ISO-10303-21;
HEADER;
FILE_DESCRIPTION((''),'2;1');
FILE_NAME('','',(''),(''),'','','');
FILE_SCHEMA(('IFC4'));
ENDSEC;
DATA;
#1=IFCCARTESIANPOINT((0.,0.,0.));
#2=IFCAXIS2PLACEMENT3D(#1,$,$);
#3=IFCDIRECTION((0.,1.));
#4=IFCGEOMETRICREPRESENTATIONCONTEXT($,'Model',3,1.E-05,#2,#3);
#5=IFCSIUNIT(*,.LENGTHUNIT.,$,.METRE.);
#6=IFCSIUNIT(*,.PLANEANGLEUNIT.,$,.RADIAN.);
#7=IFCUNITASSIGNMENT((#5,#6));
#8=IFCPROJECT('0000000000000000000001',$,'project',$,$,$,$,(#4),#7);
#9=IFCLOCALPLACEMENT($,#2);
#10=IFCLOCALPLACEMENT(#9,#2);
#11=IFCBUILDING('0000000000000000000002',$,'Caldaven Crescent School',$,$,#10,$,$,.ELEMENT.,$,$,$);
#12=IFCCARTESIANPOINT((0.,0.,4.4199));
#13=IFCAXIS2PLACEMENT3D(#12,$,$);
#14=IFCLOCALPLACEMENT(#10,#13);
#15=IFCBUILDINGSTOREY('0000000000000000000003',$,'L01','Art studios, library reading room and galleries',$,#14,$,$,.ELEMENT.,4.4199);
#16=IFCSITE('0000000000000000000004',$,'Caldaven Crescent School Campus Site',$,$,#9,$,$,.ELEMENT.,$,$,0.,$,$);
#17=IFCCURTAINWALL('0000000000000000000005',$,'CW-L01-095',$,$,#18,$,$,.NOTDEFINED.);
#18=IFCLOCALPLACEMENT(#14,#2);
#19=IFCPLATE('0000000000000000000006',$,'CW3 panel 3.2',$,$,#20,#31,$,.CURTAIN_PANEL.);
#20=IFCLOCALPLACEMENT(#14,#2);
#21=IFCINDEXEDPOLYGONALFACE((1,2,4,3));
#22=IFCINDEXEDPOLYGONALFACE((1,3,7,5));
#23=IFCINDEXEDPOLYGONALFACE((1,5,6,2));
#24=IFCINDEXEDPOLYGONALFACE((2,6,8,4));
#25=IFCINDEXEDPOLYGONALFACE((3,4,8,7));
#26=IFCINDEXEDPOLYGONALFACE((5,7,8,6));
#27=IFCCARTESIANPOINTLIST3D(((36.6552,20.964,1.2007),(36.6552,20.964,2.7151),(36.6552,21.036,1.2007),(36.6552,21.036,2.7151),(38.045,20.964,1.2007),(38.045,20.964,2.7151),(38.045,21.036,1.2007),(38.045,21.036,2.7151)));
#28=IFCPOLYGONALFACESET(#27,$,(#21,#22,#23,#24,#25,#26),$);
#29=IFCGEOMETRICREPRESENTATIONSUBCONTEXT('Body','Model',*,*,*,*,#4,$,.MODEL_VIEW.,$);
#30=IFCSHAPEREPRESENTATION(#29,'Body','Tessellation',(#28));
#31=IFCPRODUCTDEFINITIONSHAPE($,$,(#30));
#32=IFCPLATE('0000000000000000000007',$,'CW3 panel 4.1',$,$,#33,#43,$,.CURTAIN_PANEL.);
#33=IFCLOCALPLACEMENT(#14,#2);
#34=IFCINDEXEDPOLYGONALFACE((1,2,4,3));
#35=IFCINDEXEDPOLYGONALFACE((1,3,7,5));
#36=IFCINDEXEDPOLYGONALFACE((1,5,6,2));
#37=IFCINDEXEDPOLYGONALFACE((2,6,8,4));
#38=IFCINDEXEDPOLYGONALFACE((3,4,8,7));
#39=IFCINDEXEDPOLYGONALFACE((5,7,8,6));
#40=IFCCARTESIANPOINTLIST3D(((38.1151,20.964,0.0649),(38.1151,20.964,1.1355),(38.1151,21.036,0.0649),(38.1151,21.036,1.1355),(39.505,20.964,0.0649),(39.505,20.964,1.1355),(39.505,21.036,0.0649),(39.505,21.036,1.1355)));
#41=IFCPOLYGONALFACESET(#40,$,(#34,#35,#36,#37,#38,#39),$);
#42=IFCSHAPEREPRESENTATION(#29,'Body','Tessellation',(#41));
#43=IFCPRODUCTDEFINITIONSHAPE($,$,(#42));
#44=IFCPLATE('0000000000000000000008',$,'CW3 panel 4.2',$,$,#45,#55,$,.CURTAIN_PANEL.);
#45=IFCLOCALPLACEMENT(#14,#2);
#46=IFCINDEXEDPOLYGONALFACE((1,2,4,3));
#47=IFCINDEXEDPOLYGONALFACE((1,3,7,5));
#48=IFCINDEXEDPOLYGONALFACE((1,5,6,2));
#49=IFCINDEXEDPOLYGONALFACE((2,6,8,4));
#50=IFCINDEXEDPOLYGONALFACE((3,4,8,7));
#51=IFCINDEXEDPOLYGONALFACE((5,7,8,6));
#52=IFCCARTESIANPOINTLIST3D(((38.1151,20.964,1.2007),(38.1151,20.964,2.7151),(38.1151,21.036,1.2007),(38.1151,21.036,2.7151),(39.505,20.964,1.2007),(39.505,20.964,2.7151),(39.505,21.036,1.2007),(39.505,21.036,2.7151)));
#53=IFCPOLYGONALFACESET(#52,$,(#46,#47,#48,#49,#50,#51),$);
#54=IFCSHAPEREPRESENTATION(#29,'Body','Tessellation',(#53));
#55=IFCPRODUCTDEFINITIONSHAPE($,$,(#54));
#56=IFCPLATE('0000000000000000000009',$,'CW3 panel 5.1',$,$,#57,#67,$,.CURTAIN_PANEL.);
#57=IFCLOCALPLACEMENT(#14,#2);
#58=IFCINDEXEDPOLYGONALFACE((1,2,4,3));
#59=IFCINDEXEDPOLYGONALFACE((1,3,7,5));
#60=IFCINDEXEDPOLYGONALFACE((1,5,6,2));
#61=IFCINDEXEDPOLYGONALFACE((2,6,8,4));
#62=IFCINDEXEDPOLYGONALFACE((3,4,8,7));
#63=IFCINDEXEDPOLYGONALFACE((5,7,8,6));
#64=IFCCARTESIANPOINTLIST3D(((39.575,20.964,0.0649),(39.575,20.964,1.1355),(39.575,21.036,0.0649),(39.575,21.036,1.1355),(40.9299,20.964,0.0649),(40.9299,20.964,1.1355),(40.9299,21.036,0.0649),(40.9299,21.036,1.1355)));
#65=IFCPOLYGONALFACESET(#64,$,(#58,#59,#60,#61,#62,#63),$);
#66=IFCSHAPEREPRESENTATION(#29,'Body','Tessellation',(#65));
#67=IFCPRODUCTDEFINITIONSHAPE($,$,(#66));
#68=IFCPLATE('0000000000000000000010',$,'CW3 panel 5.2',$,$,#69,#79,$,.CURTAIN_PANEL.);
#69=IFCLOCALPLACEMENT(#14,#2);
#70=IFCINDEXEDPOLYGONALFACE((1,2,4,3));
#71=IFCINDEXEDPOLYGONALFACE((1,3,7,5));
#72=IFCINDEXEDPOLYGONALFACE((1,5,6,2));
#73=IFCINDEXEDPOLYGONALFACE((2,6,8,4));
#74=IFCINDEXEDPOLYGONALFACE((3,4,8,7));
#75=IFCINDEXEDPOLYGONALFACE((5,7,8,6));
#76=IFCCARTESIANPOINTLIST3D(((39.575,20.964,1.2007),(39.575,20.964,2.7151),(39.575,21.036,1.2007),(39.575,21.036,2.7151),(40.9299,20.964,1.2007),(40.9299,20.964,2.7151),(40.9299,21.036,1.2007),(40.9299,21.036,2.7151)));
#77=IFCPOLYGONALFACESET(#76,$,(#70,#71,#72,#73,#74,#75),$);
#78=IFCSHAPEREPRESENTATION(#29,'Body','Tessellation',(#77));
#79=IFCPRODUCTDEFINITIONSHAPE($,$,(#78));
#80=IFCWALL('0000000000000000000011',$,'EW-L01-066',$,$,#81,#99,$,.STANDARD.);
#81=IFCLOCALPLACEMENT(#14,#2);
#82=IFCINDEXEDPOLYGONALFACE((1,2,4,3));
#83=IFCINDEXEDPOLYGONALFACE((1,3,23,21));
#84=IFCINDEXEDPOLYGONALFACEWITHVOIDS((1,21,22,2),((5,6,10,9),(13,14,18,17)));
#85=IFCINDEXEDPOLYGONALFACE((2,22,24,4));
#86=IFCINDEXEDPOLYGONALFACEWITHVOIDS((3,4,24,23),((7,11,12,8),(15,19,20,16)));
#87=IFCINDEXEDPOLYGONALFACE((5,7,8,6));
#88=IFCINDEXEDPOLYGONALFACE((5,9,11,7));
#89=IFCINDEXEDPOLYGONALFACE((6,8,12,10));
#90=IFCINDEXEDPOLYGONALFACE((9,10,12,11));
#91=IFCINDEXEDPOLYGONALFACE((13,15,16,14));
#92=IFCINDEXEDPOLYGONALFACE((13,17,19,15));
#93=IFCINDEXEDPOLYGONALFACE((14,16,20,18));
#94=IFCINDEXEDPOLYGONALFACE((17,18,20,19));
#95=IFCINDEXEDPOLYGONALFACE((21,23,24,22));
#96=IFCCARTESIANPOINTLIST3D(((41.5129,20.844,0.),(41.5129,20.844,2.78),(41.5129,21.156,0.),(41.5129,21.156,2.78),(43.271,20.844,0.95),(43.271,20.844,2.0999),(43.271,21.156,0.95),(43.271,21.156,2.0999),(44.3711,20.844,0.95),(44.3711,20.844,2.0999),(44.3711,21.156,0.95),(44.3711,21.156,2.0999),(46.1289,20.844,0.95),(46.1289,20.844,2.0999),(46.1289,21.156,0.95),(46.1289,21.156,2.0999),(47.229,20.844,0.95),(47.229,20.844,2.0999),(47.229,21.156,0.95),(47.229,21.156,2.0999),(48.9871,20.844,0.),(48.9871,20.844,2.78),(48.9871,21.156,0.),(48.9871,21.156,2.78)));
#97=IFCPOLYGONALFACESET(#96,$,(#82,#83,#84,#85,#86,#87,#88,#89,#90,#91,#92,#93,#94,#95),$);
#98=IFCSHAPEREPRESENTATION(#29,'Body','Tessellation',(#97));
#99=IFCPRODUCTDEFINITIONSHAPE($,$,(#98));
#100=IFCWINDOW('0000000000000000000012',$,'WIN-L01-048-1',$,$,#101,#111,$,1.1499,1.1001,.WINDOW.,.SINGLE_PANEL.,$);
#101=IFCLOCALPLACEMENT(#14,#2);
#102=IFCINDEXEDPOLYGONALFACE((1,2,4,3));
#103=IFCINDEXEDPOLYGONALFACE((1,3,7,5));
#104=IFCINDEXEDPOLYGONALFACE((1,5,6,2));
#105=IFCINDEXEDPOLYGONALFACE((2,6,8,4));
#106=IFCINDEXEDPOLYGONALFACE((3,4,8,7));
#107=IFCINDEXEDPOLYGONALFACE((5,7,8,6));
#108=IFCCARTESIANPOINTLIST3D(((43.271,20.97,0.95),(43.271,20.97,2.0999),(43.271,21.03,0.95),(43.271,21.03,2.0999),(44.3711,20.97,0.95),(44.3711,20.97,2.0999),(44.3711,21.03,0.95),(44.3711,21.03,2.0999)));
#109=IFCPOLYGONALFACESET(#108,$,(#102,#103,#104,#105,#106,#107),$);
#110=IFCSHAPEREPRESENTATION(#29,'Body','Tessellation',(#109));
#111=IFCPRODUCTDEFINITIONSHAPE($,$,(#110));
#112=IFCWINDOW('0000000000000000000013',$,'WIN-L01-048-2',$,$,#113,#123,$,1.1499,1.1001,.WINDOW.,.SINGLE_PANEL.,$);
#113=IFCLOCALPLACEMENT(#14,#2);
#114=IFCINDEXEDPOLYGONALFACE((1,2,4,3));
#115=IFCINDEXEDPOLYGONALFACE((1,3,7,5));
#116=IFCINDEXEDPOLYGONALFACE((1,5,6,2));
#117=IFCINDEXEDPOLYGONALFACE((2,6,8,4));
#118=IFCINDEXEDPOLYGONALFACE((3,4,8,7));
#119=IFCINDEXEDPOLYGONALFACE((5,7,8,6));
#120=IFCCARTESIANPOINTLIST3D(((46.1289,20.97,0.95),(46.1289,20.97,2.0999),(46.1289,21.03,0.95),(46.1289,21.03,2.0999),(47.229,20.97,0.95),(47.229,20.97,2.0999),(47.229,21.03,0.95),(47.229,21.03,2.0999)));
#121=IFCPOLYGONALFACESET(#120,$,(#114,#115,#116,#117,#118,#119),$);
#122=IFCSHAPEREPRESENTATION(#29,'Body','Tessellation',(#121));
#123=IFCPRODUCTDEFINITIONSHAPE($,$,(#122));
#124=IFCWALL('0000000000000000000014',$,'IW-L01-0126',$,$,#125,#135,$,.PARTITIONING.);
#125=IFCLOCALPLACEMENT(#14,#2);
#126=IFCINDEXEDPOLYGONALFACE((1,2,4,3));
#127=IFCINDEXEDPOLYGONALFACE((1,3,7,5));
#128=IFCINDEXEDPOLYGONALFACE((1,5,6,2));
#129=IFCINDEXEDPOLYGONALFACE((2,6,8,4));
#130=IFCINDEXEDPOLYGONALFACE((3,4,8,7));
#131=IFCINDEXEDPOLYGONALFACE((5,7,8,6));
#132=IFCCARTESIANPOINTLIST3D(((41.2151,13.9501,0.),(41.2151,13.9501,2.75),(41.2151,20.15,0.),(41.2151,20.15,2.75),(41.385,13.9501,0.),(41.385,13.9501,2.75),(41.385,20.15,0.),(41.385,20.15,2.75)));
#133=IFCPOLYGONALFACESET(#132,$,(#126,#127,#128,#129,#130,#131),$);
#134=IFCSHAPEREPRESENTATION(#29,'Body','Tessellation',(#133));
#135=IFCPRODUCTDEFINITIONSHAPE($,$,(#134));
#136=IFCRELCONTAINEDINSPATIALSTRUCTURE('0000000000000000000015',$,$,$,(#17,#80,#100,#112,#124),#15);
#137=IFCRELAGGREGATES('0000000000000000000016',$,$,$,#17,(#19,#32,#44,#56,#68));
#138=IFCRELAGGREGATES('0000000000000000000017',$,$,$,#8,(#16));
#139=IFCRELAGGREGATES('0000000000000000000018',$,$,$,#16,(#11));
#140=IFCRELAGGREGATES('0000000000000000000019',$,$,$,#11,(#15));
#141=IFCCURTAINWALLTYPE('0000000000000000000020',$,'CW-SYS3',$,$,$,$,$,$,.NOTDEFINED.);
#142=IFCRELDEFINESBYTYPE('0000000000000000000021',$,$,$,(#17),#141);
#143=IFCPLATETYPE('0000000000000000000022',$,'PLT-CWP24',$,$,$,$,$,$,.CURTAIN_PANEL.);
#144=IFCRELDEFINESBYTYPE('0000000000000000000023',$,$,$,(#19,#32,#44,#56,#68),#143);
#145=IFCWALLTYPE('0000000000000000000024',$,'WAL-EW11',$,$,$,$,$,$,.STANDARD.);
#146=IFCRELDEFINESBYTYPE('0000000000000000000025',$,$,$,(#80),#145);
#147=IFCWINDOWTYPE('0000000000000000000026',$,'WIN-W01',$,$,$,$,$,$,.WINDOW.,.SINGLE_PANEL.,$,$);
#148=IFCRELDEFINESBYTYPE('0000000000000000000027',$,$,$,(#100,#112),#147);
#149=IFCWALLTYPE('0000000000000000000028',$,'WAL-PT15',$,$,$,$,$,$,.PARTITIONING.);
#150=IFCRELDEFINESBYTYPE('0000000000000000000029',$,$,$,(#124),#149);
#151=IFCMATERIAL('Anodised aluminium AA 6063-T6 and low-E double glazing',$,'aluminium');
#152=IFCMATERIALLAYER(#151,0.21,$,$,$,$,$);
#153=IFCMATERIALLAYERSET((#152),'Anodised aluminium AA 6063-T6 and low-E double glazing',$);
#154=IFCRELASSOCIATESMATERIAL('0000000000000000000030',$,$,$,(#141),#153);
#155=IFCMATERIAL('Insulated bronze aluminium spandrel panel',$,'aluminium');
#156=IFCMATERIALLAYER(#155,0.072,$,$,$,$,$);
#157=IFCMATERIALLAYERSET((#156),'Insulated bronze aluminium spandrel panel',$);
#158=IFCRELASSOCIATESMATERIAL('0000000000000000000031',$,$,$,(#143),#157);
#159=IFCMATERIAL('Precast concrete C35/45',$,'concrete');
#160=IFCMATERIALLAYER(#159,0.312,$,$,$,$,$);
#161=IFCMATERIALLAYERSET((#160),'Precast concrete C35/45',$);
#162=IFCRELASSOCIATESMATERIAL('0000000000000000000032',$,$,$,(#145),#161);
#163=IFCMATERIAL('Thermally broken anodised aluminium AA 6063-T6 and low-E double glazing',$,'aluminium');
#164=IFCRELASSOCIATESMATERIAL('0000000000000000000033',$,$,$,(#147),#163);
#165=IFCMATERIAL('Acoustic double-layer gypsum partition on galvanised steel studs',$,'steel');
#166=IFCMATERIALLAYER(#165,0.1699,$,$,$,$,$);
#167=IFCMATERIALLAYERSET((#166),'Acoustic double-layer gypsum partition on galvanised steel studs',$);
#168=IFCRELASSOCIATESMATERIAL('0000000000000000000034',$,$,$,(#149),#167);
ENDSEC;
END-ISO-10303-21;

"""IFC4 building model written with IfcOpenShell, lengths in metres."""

from ifc_helpers import new_model, si_unit, direction, frame, frame_2d, origin, origin_2d, place, context, subcontext, project, spatial, rectangle, extrude, material, layer, layer_set, type_object, element, fill, aggregate, save


model = new_model("IFC4")

# Units and contexts
model_context = context("Model", 3, precision=1e-05, world=origin(), true_north=direction((0.0, 1.0)))
body_context = subcontext(model_context, "Body", "Model", "MODEL_VIEW")
ifc_project = project(units=[si_unit("LENGTHUNIT", "METRE"), si_unit("PLANEANGLEUNIT", "RADIAN")], contexts=[model_context])

# Site, building, storey
site_placement = place(None, origin())
site = spatial("IfcSite", under=ifc_project, at=site_placement, Name="Caldaven Crescent School Campus Site", CompositionType="ELEMENT", RefElevation=0.0)
building_placement = place(site_placement, origin())
building = spatial("IfcBuilding", under=site, at=building_placement, Name="Caldaven Crescent School", CompositionType="ELEMENT")
storey_placement = place(building_placement, frame((0.0, 0.0, 4.4199)))
storey = spatial("IfcBuildingStorey", under=building, at=storey_placement, Name="L01", Description="Art studios, library reading room and galleries", CompositionType="ELEMENT", Elevation=4.4199)

# Curtain wall, plates
ifc_material_1 = material(Name="Anodised aluminium AA 6063-T6 and low-E double glazing", Category="aluminium")
ifc_layer_1 = layer(ifc_material_1, 0.21)
ifc_layer_set_1 = layer_set([ifc_layer_1], Name="Anodised aluminium AA 6063-T6 and low-E double glazing")
curtain_wall_type = type_object("IfcCurtainWallType", Name="CW-SYS3", PredefinedType="NOTDEFINED", material=ifc_layer_set_1)
curtain_wall_placement = place(storey_placement, origin())
curtain_wall = element("IfcCurtainWall", 1, at=curtain_wall_placement, inside=storey, type_object=curtain_wall_type, Name="CW-L01-095", PredefinedType="NOTDEFINED")
ifc_material_2 = material(Name="Insulated bronze aluminium spandrel panel", Category="aluminium")
ifc_layer_2 = layer(ifc_material_2, 0.072)
ifc_layer_set_2 = layer_set([ifc_layer_2], Name="Insulated bronze aluminium spandrel panel")
plate_type = type_object("IfcPlateType", Name="PLT-CWP24", PredefinedType="CURTAIN_PANEL", material=ifc_layer_set_2)
plate_1_placement = place(storey_placement, frame((37.3501, 21.0, 1.2007), z_axis=(0.0, 0.0, 1.0), x_axis=(1.0, 0.0, 0.0)))
plate_1 = element("IfcPlate", 2, at=plate_1_placement, type_object=plate_type, Name="CW3 panel 3.2", PredefinedType="CURTAIN_PANEL", context=body_context, shape_type="SweptSolid", body=[
    extrude(rectangle(XDim=1.3899, YDim=0.072, at=origin_2d()), origin(), (0.0, 0.0, 1.0), 1.5144),
])
plate_2_placement = place(storey_placement, frame((38.8101, 21.0, 0.0649), z_axis=(0.0, 0.0, 1.0), x_axis=(1.0, 0.0, 0.0)))
plate_2 = element("IfcPlate", 3, at=plate_2_placement, type_object=plate_type, Name="CW3 panel 4.1", PredefinedType="CURTAIN_PANEL", context=body_context, shape_type="SweptSolid", body=[
    extrude(rectangle(XDim=1.3899, YDim=0.072, at=origin_2d()), origin(), (0.0, 0.0, 1.0), 1.0706),
])
plate_3_placement = place(storey_placement, frame((38.8101, 21.0, 1.2007), z_axis=(0.0, 0.0, 1.0), x_axis=(1.0, 0.0, 0.0)))
plate_3 = element("IfcPlate", 4, at=plate_3_placement, type_object=plate_type, Name="CW3 panel 4.2", PredefinedType="CURTAIN_PANEL", context=body_context, shape_type="SweptSolid", body=[
    extrude(rectangle(XDim=1.3899, YDim=0.072, at=origin_2d()), origin(), (0.0, 0.0, 1.0), 1.5144),
])
plate_4_placement = place(storey_placement, frame((40.2524, 21.0, 0.0649), z_axis=(0.0, 0.0, 1.0), x_axis=(1.0, 0.0, 0.0)))
plate_4 = element("IfcPlate", 5, at=plate_4_placement, type_object=plate_type, Name="CW3 panel 5.1", PredefinedType="CURTAIN_PANEL", context=body_context, shape_type="SweptSolid", body=[
    extrude(rectangle(XDim=1.355, YDim=0.072, at=origin_2d()), origin(), (0.0, 0.0, 1.0), 1.0706),
])
plate_5_placement = place(storey_placement, frame((40.2524, 21.0, 1.2007), z_axis=(0.0, 0.0, 1.0), x_axis=(1.0, 0.0, 0.0)))
plate_5 = element("IfcPlate", 6, at=plate_5_placement, type_object=plate_type, Name="CW3 panel 5.2", PredefinedType="CURTAIN_PANEL", context=body_context, shape_type="SweptSolid", body=[
    extrude(rectangle(XDim=1.355, YDim=0.072, at=origin_2d()), origin(), (0.0, 0.0, 1.0), 1.5144),
])
aggregate(curtain_wall, [plate_1, plate_2, plate_3, plate_4, plate_5])

# Wall, openings, windows
ifc_material_3 = material(Name="Precast concrete C35/45", Category="concrete")
ifc_layer_3 = layer(ifc_material_3, 0.312)
ifc_layer_set_3 = layer_set([ifc_layer_3], Name="Precast concrete C35/45")
wall_type_1 = type_object("IfcWallType", Name="WAL-EW11", PredefinedType="STANDARD", material=ifc_layer_set_3)
wall_1_placement = place(storey_placement, frame((41.5129, 21.0, 0.0), z_axis=(0.0, 0.0, 1.0), x_axis=(1.0, 0.0, 0.0)))
wall_1 = element("IfcWall", 7, at=wall_1_placement, inside=storey, type_object=wall_type_1, Name="EW-L01-066", PredefinedType="STANDARD", context=body_context, shape_type="SweptSolid", body=[
    extrude(rectangle(XDim=7.4741, YDim=0.312, at=frame_2d((3.7371, 0.0))), origin(), (0.0, 0.0, 1.0), 2.78),
])
opening_1_placement = place(wall_1_placement, frame((1.7581, 0.0, 0.95)))
opening_1 = element("IfcOpeningElement", 8, at=opening_1_placement, cuts=wall_1, PredefinedType="OPENING", context=body_context, shape_type="SweptSolid", body=[
    extrude(rectangle(XDim=1.1001, YDim=1.1499, at=frame_2d((0.55, 0.575))), frame((0.0, 0.166, 0.0), z_axis=(0.0, -1.0, 0.0), x_axis=(1.0, 0.0, 0.0)), (0.0, 0.0, 1.0), 0.332),
])
opening_2_placement = place(wall_1_placement, frame((4.616, 0.0, 0.95)))
opening_2 = element("IfcOpeningElement", 9, at=opening_2_placement, cuts=wall_1, PredefinedType="OPENING", context=body_context, shape_type="SweptSolid", body=[
    extrude(rectangle(XDim=1.1001, YDim=1.1499, at=frame_2d((0.55, 0.575))), frame((0.0, 0.166, 0.0), z_axis=(0.0, -1.0, 0.0), x_axis=(1.0, 0.0, 0.0)), (0.0, 0.0, 1.0), 0.332),
])
ifc_material_4 = material(Name="Thermally broken anodised aluminium AA 6063-T6 and low-E double glazing", Category="aluminium")
window_type = type_object("IfcWindowType", Name="WIN-W01", PartitioningType="SINGLE_PANEL", PredefinedType="WINDOW", material=ifc_material_4)
window_1_placement = place(opening_1_placement, origin())
window_1 = element("IfcWindow", 10, at=window_1_placement, inside=storey, type_object=window_type, Name="WIN-L01-048-1", OverallHeight=1.1499, OverallWidth=1.1001, PartitioningType="SINGLE_PANEL", PredefinedType="WINDOW", context=body_context, shape_type="SweptSolid", body=[
    extrude(rectangle(XDim=1.1001, YDim=1.1499, at=frame_2d((0.55, 0.575))), frame((0.0, 0.03, 0.0), z_axis=(0.0, -1.0, 0.0), x_axis=(1.0, 0.0, 0.0)), (0.0, 0.0, 1.0), 0.0601),
])
fill(opening_1, window_1)
window_2_placement = place(opening_2_placement, origin())
window_2 = element("IfcWindow", 11, at=window_2_placement, inside=storey, type_object=window_type, Name="WIN-L01-048-2", OverallHeight=1.1499, OverallWidth=1.1001, PartitioningType="SINGLE_PANEL", PredefinedType="WINDOW", context=body_context, shape_type="SweptSolid", body=[
    extrude(rectangle(XDim=1.1001, YDim=1.1499, at=frame_2d((0.55, 0.575))), frame((0.0, 0.03, 0.0), z_axis=(0.0, -1.0, 0.0), x_axis=(1.0, 0.0, 0.0)), (0.0, 0.0, 1.0), 0.0601),
])
fill(opening_2, window_2)

# Wall
ifc_material_5 = material(Name="Acoustic double-layer gypsum partition on galvanised steel studs", Category="steel")
ifc_layer_4 = layer(ifc_material_5, 0.1699)
ifc_layer_set_4 = layer_set([ifc_layer_4], Name="Acoustic double-layer gypsum partition on galvanised steel studs")
wall_type_2 = type_object("IfcWallType", Name="WAL-PT15", PredefinedType="PARTITIONING", material=ifc_layer_set_4)
wall_2_placement = place(storey_placement, frame((41.3, 13.95, 0.0), z_axis=(0.0, 0.0, 1.0), x_axis=(0.0, 1.0, 0.0)))
element("IfcWall", 12, at=wall_2_placement, inside=storey, type_object=wall_type_2, Name="IW-L01-0126", PredefinedType="PARTITIONING", context=body_context, shape_type="SweptSolid", body=[
    extrude(rectangle(XDim=6.2, YDim=0.1699, at=frame_2d((3.1001, 0.0))), origin(), (0.0, 0.0, 1.0), 2.75),
])

save(model, "model.ifc")
